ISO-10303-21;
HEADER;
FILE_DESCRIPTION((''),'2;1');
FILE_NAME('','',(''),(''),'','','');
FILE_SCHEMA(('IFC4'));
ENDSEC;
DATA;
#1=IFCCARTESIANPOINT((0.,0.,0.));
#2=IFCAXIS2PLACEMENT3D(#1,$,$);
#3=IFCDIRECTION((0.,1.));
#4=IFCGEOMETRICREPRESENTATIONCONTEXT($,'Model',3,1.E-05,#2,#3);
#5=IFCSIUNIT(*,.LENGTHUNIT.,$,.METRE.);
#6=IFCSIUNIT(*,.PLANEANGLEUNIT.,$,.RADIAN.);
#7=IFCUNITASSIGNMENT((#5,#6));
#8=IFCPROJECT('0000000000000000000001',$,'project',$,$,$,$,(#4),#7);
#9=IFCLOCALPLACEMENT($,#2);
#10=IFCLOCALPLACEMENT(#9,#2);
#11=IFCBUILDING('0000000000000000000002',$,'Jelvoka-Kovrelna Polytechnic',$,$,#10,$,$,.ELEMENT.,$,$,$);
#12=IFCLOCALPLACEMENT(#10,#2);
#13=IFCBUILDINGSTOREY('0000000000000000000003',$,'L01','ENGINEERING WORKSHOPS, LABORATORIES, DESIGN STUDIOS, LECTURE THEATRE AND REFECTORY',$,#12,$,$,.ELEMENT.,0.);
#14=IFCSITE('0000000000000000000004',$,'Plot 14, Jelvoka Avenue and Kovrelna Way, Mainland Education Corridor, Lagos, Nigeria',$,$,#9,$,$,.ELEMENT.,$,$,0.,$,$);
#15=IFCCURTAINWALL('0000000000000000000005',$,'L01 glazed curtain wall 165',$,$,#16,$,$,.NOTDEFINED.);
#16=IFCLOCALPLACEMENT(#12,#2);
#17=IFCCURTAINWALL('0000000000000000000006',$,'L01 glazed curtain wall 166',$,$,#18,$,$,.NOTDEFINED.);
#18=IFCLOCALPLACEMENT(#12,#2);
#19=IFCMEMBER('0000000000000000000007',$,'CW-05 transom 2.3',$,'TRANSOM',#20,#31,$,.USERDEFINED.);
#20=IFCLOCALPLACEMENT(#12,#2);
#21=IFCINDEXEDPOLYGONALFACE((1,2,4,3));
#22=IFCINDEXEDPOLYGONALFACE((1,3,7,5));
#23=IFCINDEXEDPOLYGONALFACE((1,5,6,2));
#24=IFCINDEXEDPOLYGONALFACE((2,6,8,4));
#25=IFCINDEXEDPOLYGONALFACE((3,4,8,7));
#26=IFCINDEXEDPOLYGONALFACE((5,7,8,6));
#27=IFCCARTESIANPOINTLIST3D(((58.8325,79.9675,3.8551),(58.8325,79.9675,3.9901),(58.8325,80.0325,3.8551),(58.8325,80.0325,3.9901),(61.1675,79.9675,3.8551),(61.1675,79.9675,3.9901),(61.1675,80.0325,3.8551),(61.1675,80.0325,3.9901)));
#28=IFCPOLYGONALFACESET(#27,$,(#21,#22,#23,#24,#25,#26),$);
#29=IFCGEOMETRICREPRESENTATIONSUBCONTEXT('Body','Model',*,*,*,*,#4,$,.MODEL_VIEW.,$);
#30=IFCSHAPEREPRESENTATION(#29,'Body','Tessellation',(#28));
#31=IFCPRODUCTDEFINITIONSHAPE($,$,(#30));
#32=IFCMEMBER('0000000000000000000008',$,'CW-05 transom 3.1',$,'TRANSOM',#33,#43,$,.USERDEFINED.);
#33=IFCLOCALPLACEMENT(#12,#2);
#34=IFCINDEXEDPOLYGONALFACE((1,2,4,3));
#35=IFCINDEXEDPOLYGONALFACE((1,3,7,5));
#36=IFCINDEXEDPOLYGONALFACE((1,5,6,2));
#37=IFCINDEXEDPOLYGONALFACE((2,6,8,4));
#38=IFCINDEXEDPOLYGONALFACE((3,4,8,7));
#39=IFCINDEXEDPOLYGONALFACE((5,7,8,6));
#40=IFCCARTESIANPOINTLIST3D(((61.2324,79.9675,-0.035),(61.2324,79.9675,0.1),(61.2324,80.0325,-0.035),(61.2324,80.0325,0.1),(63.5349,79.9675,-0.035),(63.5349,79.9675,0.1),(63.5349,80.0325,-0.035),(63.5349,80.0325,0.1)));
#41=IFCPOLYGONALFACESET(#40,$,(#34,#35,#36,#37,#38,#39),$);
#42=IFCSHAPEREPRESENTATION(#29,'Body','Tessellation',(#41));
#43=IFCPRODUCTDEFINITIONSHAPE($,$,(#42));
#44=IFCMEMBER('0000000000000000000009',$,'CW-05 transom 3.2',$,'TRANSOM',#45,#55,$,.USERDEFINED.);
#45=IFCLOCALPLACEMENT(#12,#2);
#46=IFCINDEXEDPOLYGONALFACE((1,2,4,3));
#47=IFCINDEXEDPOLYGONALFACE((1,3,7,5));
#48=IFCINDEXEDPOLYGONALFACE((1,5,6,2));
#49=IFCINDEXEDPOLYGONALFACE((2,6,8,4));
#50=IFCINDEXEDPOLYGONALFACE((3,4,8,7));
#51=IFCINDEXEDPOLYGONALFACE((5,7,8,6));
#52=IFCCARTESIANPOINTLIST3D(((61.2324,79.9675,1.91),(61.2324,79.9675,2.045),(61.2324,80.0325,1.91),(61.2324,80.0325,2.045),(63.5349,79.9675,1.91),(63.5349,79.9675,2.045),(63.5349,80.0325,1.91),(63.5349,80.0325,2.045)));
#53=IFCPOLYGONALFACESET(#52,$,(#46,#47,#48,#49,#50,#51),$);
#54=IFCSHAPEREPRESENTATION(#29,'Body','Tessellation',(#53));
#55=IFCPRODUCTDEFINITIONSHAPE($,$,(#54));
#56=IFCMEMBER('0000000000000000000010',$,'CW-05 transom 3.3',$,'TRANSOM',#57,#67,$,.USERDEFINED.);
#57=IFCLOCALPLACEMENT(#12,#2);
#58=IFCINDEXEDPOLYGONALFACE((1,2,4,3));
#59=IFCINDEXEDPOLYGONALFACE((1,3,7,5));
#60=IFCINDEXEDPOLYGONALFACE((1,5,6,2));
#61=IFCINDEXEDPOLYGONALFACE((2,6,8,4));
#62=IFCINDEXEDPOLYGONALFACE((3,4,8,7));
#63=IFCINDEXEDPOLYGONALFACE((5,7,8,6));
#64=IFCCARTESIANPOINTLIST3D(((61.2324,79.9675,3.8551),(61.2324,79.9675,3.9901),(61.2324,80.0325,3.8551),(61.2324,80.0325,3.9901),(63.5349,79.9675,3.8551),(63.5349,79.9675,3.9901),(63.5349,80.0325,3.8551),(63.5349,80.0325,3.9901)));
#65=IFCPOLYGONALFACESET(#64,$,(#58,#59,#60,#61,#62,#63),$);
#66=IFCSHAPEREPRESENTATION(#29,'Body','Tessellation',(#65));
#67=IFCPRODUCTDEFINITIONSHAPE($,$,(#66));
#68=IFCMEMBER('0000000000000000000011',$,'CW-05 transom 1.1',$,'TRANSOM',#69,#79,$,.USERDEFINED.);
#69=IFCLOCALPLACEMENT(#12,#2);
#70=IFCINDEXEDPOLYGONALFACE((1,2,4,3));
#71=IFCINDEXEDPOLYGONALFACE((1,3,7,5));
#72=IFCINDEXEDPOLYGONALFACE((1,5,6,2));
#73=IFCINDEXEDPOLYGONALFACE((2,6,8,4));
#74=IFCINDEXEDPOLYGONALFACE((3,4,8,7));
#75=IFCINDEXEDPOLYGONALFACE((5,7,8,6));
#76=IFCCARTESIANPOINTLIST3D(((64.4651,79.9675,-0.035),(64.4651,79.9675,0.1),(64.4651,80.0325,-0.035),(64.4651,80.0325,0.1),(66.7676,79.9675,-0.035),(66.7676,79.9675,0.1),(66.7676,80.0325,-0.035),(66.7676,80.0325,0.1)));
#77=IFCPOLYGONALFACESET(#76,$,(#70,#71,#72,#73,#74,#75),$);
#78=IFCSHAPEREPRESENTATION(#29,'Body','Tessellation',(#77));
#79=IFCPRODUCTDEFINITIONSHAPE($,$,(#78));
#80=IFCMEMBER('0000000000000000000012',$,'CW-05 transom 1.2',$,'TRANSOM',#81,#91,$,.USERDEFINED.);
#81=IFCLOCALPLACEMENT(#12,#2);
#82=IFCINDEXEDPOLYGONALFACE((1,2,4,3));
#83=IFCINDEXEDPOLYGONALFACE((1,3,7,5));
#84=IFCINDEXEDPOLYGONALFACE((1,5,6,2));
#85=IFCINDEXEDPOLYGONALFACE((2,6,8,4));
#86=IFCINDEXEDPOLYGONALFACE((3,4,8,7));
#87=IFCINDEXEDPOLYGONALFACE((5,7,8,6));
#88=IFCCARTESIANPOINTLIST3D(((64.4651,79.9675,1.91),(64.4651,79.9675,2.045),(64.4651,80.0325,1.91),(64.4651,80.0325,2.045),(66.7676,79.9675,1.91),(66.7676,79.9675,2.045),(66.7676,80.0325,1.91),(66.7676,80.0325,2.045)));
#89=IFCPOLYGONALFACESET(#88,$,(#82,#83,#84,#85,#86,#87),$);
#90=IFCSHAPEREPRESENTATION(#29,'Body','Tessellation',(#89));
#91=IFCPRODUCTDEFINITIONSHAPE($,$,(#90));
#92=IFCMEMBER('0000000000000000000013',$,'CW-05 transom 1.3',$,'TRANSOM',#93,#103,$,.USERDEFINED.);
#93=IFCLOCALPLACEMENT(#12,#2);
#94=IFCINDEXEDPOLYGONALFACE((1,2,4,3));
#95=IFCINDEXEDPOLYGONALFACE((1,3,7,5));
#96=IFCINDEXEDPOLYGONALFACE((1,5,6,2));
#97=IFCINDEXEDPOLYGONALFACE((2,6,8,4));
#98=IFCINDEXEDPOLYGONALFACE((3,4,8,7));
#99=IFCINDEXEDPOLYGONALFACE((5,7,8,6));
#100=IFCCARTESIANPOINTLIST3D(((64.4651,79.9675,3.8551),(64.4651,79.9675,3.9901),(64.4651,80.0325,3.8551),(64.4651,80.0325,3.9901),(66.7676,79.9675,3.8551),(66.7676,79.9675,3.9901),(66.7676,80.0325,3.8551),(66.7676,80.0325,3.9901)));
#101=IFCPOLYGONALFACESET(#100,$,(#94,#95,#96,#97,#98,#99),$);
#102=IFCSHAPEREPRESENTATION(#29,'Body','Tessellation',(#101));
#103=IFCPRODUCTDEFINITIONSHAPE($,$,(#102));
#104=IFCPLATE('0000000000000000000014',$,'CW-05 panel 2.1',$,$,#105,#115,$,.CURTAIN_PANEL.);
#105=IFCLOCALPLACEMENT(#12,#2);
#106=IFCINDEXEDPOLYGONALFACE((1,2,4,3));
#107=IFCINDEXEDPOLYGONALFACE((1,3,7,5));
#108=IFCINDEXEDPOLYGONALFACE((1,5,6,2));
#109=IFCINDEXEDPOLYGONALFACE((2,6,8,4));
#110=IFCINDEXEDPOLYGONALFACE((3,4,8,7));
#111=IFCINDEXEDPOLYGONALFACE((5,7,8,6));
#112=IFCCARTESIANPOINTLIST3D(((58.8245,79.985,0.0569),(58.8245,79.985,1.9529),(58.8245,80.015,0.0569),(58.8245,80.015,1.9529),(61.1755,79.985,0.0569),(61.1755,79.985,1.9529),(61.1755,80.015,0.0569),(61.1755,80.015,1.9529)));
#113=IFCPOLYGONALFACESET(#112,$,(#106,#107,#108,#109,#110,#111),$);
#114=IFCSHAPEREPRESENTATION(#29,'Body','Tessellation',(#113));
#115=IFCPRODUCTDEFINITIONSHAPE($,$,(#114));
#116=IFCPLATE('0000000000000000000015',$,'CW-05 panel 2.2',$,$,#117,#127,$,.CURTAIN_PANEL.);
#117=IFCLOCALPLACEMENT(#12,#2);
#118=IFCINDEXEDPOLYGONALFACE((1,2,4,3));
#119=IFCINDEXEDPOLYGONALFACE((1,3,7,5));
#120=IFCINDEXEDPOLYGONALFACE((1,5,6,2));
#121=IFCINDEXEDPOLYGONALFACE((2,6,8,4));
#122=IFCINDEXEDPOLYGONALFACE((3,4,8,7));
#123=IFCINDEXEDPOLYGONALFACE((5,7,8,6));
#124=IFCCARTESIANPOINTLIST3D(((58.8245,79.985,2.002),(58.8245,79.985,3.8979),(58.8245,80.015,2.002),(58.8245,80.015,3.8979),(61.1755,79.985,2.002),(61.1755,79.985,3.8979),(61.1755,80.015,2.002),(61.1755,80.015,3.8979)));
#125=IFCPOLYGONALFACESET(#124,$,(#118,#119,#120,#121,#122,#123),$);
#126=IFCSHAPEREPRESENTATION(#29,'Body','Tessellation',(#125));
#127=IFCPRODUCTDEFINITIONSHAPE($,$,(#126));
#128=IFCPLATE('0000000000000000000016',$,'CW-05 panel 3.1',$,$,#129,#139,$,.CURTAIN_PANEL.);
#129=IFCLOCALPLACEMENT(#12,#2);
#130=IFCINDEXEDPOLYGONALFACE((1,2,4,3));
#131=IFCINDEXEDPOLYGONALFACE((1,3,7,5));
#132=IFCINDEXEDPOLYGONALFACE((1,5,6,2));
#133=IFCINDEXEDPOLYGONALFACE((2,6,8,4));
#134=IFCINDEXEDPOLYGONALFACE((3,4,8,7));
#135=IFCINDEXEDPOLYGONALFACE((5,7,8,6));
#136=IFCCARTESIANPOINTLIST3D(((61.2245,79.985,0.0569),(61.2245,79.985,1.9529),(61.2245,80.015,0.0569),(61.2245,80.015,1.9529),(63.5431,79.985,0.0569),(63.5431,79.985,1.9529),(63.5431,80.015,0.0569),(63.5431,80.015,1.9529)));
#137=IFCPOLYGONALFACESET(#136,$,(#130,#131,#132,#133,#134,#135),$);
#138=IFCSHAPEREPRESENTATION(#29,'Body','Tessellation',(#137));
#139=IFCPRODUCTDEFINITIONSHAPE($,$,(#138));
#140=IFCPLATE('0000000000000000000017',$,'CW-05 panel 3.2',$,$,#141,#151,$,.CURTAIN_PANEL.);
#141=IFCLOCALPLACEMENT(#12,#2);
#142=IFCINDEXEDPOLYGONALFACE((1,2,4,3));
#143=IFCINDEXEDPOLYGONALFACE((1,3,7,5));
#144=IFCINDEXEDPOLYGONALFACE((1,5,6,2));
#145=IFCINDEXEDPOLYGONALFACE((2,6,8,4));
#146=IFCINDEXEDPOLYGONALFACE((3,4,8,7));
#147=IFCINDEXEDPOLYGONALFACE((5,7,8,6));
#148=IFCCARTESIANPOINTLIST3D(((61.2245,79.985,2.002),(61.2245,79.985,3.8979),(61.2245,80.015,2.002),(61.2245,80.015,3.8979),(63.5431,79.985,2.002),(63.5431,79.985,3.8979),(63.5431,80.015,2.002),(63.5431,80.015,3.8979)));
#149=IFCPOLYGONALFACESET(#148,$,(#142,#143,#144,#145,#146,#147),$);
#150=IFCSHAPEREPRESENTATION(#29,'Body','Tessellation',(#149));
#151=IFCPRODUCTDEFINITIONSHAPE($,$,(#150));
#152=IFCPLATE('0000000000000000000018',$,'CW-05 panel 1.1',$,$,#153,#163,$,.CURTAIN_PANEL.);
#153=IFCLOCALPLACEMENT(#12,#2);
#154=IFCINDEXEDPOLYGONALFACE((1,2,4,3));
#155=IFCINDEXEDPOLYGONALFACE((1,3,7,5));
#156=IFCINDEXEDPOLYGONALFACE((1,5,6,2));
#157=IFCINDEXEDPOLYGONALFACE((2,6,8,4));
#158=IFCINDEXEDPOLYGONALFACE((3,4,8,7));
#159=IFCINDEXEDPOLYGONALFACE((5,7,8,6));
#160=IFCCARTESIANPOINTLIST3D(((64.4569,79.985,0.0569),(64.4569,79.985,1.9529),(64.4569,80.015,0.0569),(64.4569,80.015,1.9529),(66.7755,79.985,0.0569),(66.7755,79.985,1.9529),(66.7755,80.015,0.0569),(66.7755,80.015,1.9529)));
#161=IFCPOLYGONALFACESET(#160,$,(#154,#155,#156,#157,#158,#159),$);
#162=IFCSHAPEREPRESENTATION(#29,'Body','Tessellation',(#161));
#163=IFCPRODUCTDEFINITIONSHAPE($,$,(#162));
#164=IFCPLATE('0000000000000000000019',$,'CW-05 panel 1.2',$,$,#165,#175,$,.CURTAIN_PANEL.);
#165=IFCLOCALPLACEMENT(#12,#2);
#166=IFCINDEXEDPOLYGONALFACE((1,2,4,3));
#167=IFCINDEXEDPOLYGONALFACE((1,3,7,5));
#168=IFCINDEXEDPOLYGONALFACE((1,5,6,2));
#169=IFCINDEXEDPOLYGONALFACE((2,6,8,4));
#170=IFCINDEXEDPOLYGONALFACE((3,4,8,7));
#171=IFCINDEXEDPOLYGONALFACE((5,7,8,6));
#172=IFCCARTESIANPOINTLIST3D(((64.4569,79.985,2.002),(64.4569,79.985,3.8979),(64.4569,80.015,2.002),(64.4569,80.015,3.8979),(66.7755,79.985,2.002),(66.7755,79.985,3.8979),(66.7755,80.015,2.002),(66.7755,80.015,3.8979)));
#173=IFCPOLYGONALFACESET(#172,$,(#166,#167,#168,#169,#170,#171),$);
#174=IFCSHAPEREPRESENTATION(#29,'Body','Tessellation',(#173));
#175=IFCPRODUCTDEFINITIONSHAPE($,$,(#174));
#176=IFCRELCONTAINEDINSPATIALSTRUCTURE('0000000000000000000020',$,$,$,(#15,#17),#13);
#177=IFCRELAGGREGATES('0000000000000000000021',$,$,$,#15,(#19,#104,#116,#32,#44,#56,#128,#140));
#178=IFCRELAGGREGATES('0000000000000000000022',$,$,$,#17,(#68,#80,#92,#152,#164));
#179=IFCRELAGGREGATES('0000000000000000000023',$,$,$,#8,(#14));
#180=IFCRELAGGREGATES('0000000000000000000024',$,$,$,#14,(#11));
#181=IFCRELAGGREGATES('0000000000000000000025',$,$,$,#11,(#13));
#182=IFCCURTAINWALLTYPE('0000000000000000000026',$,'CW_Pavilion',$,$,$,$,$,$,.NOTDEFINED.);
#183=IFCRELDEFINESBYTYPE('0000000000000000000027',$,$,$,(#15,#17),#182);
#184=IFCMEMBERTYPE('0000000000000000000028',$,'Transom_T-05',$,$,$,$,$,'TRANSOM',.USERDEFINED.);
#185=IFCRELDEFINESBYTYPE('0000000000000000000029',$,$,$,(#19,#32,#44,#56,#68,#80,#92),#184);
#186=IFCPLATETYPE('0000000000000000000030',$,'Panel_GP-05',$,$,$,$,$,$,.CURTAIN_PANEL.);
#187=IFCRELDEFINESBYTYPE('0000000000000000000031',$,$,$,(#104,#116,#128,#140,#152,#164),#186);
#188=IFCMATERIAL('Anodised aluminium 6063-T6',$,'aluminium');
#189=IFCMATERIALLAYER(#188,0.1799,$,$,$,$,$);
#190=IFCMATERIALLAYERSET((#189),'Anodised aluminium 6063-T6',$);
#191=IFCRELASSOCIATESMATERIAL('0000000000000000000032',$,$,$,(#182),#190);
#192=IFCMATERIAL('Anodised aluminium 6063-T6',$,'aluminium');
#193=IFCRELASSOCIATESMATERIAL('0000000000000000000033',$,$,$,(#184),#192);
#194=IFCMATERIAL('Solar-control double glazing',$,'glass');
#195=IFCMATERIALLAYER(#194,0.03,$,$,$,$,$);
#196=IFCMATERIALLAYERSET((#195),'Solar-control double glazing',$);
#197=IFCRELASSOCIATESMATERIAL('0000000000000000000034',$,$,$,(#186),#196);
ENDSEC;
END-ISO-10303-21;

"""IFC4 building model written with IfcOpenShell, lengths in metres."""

from ifc_helpers import new_model, si_unit, direction, frame, origin, origin_2d, place, context, subcontext, project, spatial, rectangle, extrude, material, layer, layer_set, material_profile, profile_set, type_object, element, aggregate, save


model = new_model("IFC4")

# Units and contexts
model_context = context("Model", 3, precision=1e-05, world=origin(), true_north=direction((0.0, 1.0)))
body_context = subcontext(model_context, "Body", "Model", "MODEL_VIEW")
ifc_project = project(units=[si_unit("LENGTHUNIT", "METRE"), si_unit("PLANEANGLEUNIT", "RADIAN")], contexts=[model_context])

# Site, building, storey
site_placement = place(None, origin())
site = spatial("IfcSite", under=ifc_project, at=site_placement, Name="Plot 14, Jelvoka Avenue and Kovrelna Way, Mainland Education Corridor, Lagos, Nigeria", CompositionType="ELEMENT", RefElevation=0.0)
building_placement = place(site_placement, origin())
building = spatial("IfcBuilding", under=site, at=building_placement, Name="Jelvoka-Kovrelna Polytechnic", CompositionType="ELEMENT")
storey_placement = place(building_placement, origin())
storey = spatial("IfcBuildingStorey", under=building, at=storey_placement, Name="L01", Description="ENGINEERING WORKSHOPS, LABORATORIES, DESIGN STUDIOS, LECTURE THEATRE AND REFECTORY", CompositionType="ELEMENT", Elevation=0.0)

# Shared definitions
ifc_material_1 = material(Name="Anodised aluminium 6063-T6", Category="aluminium")
ifc_layer_1 = layer(ifc_material_1, 0.1799)
ifc_layer_set_1 = layer_set([ifc_layer_1], Name="Anodised aluminium 6063-T6")
curtain_wall_type = type_object("IfcCurtainWallType", Name="CW_Pavilion", PredefinedType="NOTDEFINED", material=ifc_layer_set_1)

# Curtain wall
curtain_wall_1_placement = place(storey_placement, origin())
curtain_wall_1 = element("IfcCurtainWall", 1, at=curtain_wall_1_placement, inside=storey, type_object=curtain_wall_type, Name="L01 glazed curtain wall 165", PredefinedType="NOTDEFINED")

# Curtain wall
curtain_wall_2_placement = place(storey_placement, origin())
curtain_wall_2 = element("IfcCurtainWall", 2, at=curtain_wall_2_placement, inside=storey, type_object=curtain_wall_type, Name="L01 glazed curtain wall 166", PredefinedType="NOTDEFINED")

# Members
ifc_material_2 = material(Name="Anodised aluminium 6063-T6", Category="aluminium")
ifc_material_profile_1 = material_profile(ifc_material_2, rectangle(XDim=0.0649, YDim=0.135, at=origin_2d()), Name="ALU 65x135")
ifc_profile_set_1 = profile_set([ifc_material_profile_1], Name="Anodised aluminium 6063-T6")
member_type_1 = type_object("IfcMemberType", Name="Transom_T-05", ElementType="TRANSOM", PredefinedType="USERDEFINED", material=ifc_profile_set_1)
member_1_placement = place(storey_placement, frame((58.8325, 80.0, 3.9226), z_axis=(1.0, 0.0, 0.0), x_axis=(0.0, 1.0, 0.0)))
member_1 = element("IfcMember", 3, at=member_1_placement, type_object=member_type_1, Name="CW-05 transom 2.3", ObjectType="TRANSOM", PredefinedType="USERDEFINED", context=body_context, shape_type="SweptSolid", body=[
    extrude(rectangle(XDim=0.0649, YDim=0.135, at=origin_2d()), origin(), (0.0, 0.0, 1.0), 2.335),
])
member_2_placement = place(storey_placement, frame((61.2324, 80.0, 0.0325), z_axis=(1.0, 0.0, 0.0), x_axis=(0.0, 1.0, 0.0)))
member_2 = element("IfcMember", 4, at=member_2_placement, type_object=member_type_1, Name="CW-05 transom 3.1", ObjectType="TRANSOM", PredefinedType="USERDEFINED", context=body_context, shape_type="SweptSolid", body=[
    extrude(rectangle(XDim=0.0649, YDim=0.135, at=origin_2d()), origin(), (0.0, 0.0, 1.0), 2.3025),
])
member_3_placement = place(storey_placement, frame((61.2324, 80.0, 1.9775), z_axis=(1.0, 0.0, 0.0), x_axis=(0.0, 1.0, 0.0)))
member_3 = element("IfcMember", 5, at=member_3_placement, type_object=member_type_1, Name="CW-05 transom 3.2", ObjectType="TRANSOM", PredefinedType="USERDEFINED", context=body_context, shape_type="SweptSolid", body=[
    extrude(rectangle(XDim=0.0649, YDim=0.135, at=origin_2d()), origin(), (0.0, 0.0, 1.0), 2.3025),
])
member_4_placement = place(storey_placement, frame((61.2324, 80.0, 3.9226), z_axis=(1.0, 0.0, 0.0), x_axis=(0.0, 1.0, 0.0)))
member_4 = element("IfcMember", 6, at=member_4_placement, type_object=member_type_1, Name="CW-05 transom 3.3", ObjectType="TRANSOM", PredefinedType="USERDEFINED", context=body_context, shape_type="SweptSolid", body=[
    extrude(rectangle(XDim=0.0649, YDim=0.135, at=origin_2d()), origin(), (0.0, 0.0, 1.0), 2.3025),
])
member_5_placement = place(storey_placement, frame((64.4651, 80.0, 0.0325), z_axis=(1.0, 0.0, 0.0), x_axis=(0.0, 1.0, 0.0)))
member_5 = element("IfcMember", 7, at=member_5_placement, type_object=member_type_1, Name="CW-05 transom 1.1", ObjectType="TRANSOM", PredefinedType="USERDEFINED", context=body_context, shape_type="SweptSolid", body=[
    extrude(rectangle(XDim=0.0649, YDim=0.135, at=origin_2d()), origin(), (0.0, 0.0, 1.0), 2.3025),
])
member_6_placement = place(storey_placement, frame((64.4651, 80.0, 1.9775), z_axis=(1.0, 0.0, 0.0), x_axis=(0.0, 1.0, 0.0)))
member_6 = element("IfcMember", 8, at=member_6_placement, type_object=member_type_1, Name="CW-05 transom 1.2", ObjectType="TRANSOM", PredefinedType="USERDEFINED", context=body_context, shape_type="SweptSolid", body=[
    extrude(rectangle(XDim=0.0649, YDim=0.135, at=origin_2d()), origin(), (0.0, 0.0, 1.0), 2.3025),
])
member_7_placement = place(storey_placement, frame((64.4651, 80.0, 3.9226), z_axis=(1.0, 0.0, 0.0), x_axis=(0.0, 1.0, 0.0)))
member_7 = element("IfcMember", 9, at=member_7_placement, type_object=member_type_1, Name="CW-05 transom 1.3", ObjectType="TRANSOM", PredefinedType="USERDEFINED", context=body_context, shape_type="SweptSolid", body=[
    extrude(rectangle(XDim=0.0649, YDim=0.135, at=origin_2d()), origin(), (0.0, 0.0, 1.0), 2.3025),
])

# Plates
ifc_material_3 = material(Name="Solar-control double glazing", Category="glass")
ifc_layer_2 = layer(ifc_material_3, 0.03)
ifc_layer_set_2 = layer_set([ifc_layer_2], Name="Solar-control double glazing")
plate_type = type_object("IfcPlateType", Name="Panel_GP-05", PredefinedType="CURTAIN_PANEL", material=ifc_layer_set_2)
plate_1_placement = place(storey_placement, frame((60.0, 80.0, 0.0569), z_axis=(0.0, 0.0, 1.0), x_axis=(1.0, 0.0, 0.0)))
plate_1 = element("IfcPlate", 10, at=plate_1_placement, type_object=plate_type, Name="CW-05 panel 2.1", PredefinedType="CURTAIN_PANEL", context=body_context, shape_type="SweptSolid", body=[
    extrude(rectangle(XDim=2.3511, YDim=0.03, at=origin_2d()), origin(), (0.0, 0.0, 1.0), 1.896),
])
plate_2_placement = place(storey_placement, frame((60.0, 80.0, 2.002), z_axis=(0.0, 0.0, 1.0), x_axis=(1.0, 0.0, 0.0)))
plate_2 = element("IfcPlate", 11, at=plate_2_placement, type_object=plate_type, Name="CW-05 panel 2.2", PredefinedType="CURTAIN_PANEL", context=body_context, shape_type="SweptSolid", body=[
    extrude(rectangle(XDim=2.3511, YDim=0.03, at=origin_2d()), origin(), (0.0, 0.0, 1.0), 1.896),
])
plate_3_placement = place(storey_placement, frame((62.3838, 80.0, 0.0569), z_axis=(0.0, 0.0, 1.0), x_axis=(1.0, 0.0, 0.0)))
plate_3 = element("IfcPlate", 12, at=plate_3_placement, type_object=plate_type, Name="CW-05 panel 3.1", PredefinedType="CURTAIN_PANEL", context=body_context, shape_type="SweptSolid", body=[
    extrude(rectangle(XDim=2.3186, YDim=0.03, at=origin_2d()), origin(), (0.0, 0.0, 1.0), 1.896),
])
plate_4_placement = place(storey_placement, frame((62.3838, 80.0, 2.002), z_axis=(0.0, 0.0, 1.0), x_axis=(1.0, 0.0, 0.0)))
plate_4 = element("IfcPlate", 13, at=plate_4_placement, type_object=plate_type, Name="CW-05 panel 3.2", PredefinedType="CURTAIN_PANEL", context=body_context, shape_type="SweptSolid", body=[
    extrude(rectangle(XDim=2.3186, YDim=0.03, at=origin_2d()), origin(), (0.0, 0.0, 1.0), 1.896),
])
aggregate(curtain_wall_1, [member_1, plate_1, plate_2, member_2, member_3, member_4, plate_3, plate_4])
plate_5_placement = place(storey_placement, frame((65.6162, 80.0, 0.0569), z_axis=(0.0, 0.0, 1.0), x_axis=(1.0, 0.0, 0.0)))
plate_5 = element("IfcPlate", 14, at=plate_5_placement, type_object=plate_type, Name="CW-05 panel 1.1", PredefinedType="CURTAIN_PANEL", context=body_context, shape_type="SweptSolid", body=[
    extrude(rectangle(XDim=2.3186, YDim=0.03, at=origin_2d()), origin(), (0.0, 0.0, 1.0), 1.896),
])
plate_6_placement = place(storey_placement, frame((65.6162, 80.0, 2.002), z_axis=(0.0, 0.0, 1.0), x_axis=(1.0, 0.0, 0.0)))
plate_6 = element("IfcPlate", 15, at=plate_6_placement, type_object=plate_type, Name="CW-05 panel 1.2", PredefinedType="CURTAIN_PANEL", context=body_context, shape_type="SweptSolid", body=[
    extrude(rectangle(XDim=2.3186, YDim=0.03, at=origin_2d()), origin(), (0.0, 0.0, 1.0), 1.896),
])
aggregate(curtain_wall_2, [member_5, member_6, member_7, plate_5, plate_6])

save(model, "model.ifc")
